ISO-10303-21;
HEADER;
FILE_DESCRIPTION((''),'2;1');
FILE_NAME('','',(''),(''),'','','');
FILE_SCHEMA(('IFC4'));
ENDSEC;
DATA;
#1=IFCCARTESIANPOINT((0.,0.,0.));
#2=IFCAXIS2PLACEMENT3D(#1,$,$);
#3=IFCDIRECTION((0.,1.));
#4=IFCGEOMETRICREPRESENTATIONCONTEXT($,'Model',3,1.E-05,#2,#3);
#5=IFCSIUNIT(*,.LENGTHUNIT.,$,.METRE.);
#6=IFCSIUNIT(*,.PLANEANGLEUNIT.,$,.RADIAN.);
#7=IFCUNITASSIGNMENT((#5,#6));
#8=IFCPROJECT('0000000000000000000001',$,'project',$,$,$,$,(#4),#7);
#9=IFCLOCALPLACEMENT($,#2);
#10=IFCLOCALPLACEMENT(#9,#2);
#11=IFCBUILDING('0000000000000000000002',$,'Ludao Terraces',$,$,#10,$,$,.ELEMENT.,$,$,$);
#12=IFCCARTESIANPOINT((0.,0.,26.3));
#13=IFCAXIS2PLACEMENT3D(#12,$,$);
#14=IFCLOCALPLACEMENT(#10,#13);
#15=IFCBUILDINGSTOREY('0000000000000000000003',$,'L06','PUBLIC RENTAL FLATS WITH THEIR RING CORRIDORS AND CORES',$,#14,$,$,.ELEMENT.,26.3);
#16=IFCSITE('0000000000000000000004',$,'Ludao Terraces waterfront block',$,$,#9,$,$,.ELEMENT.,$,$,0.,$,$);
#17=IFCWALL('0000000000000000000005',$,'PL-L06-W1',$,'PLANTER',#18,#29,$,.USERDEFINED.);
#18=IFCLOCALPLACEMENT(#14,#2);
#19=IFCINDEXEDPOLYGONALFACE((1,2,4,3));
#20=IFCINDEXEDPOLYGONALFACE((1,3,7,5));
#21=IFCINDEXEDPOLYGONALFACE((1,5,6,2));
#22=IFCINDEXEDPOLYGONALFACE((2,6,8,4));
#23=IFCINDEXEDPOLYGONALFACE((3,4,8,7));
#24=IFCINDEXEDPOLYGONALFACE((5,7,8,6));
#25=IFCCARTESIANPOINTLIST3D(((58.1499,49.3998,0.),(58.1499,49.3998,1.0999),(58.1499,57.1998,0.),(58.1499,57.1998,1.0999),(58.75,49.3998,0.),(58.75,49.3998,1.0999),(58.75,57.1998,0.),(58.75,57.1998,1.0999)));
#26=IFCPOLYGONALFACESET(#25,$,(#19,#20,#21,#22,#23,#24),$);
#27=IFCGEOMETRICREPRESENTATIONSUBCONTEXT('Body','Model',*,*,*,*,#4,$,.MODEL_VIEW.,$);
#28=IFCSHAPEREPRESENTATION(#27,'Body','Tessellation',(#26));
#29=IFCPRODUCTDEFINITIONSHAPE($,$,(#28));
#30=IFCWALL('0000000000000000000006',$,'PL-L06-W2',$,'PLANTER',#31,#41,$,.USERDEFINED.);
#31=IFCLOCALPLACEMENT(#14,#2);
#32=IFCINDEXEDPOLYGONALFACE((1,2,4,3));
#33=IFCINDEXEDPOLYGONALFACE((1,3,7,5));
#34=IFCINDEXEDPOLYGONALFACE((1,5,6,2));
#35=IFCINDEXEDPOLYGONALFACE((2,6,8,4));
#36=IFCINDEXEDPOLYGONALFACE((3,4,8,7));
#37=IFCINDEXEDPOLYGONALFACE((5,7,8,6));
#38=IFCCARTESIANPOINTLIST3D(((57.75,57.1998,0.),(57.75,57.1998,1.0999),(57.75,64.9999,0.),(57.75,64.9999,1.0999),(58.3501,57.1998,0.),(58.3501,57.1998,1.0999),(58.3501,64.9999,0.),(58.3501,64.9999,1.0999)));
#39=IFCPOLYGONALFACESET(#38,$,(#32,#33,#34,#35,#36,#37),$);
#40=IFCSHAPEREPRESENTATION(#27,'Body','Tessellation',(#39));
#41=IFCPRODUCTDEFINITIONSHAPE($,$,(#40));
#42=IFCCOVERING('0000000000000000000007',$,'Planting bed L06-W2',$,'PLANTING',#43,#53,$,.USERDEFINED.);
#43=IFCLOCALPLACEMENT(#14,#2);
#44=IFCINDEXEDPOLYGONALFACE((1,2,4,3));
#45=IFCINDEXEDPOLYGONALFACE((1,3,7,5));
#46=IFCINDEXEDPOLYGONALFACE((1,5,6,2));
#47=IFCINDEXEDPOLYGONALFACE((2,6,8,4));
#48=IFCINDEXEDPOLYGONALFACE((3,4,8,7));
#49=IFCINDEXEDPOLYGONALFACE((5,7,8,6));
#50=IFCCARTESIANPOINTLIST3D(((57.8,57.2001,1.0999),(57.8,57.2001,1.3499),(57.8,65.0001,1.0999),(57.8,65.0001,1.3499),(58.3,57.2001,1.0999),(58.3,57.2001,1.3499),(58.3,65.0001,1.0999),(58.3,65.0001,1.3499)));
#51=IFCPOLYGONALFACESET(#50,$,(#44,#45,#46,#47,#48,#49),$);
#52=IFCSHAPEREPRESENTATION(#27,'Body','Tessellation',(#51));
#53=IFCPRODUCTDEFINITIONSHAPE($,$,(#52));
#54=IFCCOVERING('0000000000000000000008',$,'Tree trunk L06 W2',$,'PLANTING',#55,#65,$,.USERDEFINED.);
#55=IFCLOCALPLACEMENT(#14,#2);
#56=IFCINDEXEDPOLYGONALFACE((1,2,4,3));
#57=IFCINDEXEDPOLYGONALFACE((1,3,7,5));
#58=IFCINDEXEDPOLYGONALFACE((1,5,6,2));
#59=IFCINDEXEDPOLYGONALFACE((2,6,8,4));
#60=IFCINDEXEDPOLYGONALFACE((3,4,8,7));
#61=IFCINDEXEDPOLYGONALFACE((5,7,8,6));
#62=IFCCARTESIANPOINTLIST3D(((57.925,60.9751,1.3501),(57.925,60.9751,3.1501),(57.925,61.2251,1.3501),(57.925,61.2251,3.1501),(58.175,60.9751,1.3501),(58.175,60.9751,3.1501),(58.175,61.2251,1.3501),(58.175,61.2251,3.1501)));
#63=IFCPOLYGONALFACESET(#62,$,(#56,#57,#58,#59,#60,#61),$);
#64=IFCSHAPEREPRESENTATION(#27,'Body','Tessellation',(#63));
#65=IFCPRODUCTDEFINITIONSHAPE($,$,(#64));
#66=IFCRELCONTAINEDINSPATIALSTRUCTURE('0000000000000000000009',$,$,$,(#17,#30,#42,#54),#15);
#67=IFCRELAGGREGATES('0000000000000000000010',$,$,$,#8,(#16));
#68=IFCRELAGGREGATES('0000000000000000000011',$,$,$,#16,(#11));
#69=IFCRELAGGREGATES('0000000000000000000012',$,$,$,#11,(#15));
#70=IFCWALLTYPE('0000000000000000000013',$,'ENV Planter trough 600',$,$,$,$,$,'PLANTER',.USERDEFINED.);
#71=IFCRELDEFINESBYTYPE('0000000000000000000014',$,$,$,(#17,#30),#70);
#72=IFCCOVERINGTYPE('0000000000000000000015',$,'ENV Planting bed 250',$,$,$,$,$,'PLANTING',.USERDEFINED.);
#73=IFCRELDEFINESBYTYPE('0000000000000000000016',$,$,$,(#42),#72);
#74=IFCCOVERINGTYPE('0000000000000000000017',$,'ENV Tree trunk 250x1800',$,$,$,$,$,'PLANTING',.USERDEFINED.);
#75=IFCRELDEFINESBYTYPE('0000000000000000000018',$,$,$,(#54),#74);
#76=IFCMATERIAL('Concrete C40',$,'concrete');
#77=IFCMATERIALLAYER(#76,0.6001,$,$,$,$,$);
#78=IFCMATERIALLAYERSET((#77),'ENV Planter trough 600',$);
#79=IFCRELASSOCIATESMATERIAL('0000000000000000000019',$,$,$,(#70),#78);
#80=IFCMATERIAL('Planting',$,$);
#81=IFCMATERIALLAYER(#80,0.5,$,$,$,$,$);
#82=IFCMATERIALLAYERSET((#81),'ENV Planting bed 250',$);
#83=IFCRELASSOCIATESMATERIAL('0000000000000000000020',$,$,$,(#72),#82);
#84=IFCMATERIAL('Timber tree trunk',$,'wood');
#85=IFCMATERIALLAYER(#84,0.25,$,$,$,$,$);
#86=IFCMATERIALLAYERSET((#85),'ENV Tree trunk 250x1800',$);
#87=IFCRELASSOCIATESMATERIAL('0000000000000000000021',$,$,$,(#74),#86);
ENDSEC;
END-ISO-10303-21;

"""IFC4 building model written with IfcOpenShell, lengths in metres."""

from ifc_helpers import new_model, si_unit, direction, frame, frame_2d, origin, origin_2d, place, context, subcontext, project, spatial, rectangle, extrude, material, layer, layer_set, type_object, element, save


model = new_model("IFC4")

# Units and contexts
model_context = context("Model", 3, precision=1e-05, world=origin(), true_north=direction((0.0, 1.0)))
body_context = subcontext(model_context, "Body", "Model", "MODEL_VIEW")
ifc_project = project(units=[si_unit("LENGTHUNIT", "METRE"), si_unit("PLANEANGLEUNIT", "RADIAN")], contexts=[model_context])

# Site, building, storey
site_placement = place(None, origin())
site = spatial("IfcSite", under=ifc_project, at=site_placement, Name="Ludao Terraces waterfront block", CompositionType="ELEMENT", RefElevation=0.0)
building_placement = place(site_placement, origin())
building = spatial("IfcBuilding", under=site, at=building_placement, Name="Ludao Terraces", CompositionType="ELEMENT")
storey_placement = place(building_placement, frame((0.0, 0.0, 26.3)))
storey = spatial("IfcBuildingStorey", under=building, at=storey_placement, Name="L06", Description="PUBLIC RENTAL FLATS WITH THEIR RING CORRIDORS AND CORES", CompositionType="ELEMENT", Elevation=26.3)

# Shared definitions
ifc_material_1 = material(Name="Concrete C40", Category="concrete")

# Walls
ifc_layer_1 = layer(ifc_material_1, 0.6001)
ifc_layer_set_1 = layer_set([ifc_layer_1], Name="ENV Planter trough 600")
wall_type = type_object("IfcWallType", Name="ENV Planter trough 600", ElementType="PLANTER", PredefinedType="USERDEFINED", material=ifc_layer_set_1)
for number, where, z_axis, x_axis, name in (
    (1, (58.45, 49.3999, 0.0), (0.0, 0.0, 1.0), (0.0, 1.0, 0.0), "PL-L06-W1"),
    (2, (58.05, 57.2, 0.0), (0.0, 0.0, 1.0), (0.0, 1.0, 0.0), "PL-L06-W2"),
):
    element("IfcWall", number, at=place(storey_placement, frame(where, z_axis=z_axis, x_axis=x_axis)), inside=storey, type_object=wall_type, Name=name, ObjectType="PLANTER", PredefinedType="USERDEFINED", context=body_context, shape_type="SweptSolid", body=[
        extrude(rectangle(XDim=7.8, YDim=0.6001, at=frame_2d((3.8999, 0.0))), origin(), (0.0, 0.0, 1.0), 1.0999),
    ])

# Coverings
ifc_material_2 = material(Name="Planting")
ifc_layer_2 = layer(ifc_material_2, 0.5)
ifc_layer_set_2 = layer_set([ifc_layer_2], Name="ENV Planting bed 250")
covering_type_1 = type_object("IfcCoveringType", Name="ENV Planting bed 250", ElementType="PLANTING", PredefinedType="USERDEFINED", material=ifc_layer_set_2)
covering_1_placement = place(storey_placement, frame((58.05, 61.1001, 1.0999), z_axis=(0.0, 0.0, 1.0), x_axis=(1.0, 0.0, 0.0)))
element("IfcCovering", 3, at=covering_1_placement, inside=storey, type_object=covering_type_1, Name="Planting bed L06-W2", ObjectType="PLANTING", PredefinedType="USERDEFINED", context=body_context, shape_type="SweptSolid", body=[
    extrude(rectangle(XDim=0.5, YDim=7.8, at=origin_2d()), origin(), (0.0, 0.0, 1.0), 0.25),
])
ifc_material_3 = material(Name="Timber tree trunk", Category="wood")
ifc_layer_3 = layer(ifc_material_3, 0.25)
ifc_layer_set_3 = layer_set([ifc_layer_3], Name="ENV Tree trunk 250x1800")
covering_type_2 = type_object("IfcCoveringType", Name="ENV Tree trunk 250x1800", ElementType="PLANTING", PredefinedType="USERDEFINED", material=ifc_layer_set_3)
covering_2_placement = place(storey_placement, frame((58.05, 61.1001, 1.3501), z_axis=(0.0, 0.0, 1.0), x_axis=(1.0, 0.0, 0.0)))
element("IfcCovering", 4, at=covering_2_placement, inside=storey, type_object=covering_type_2, Name="Tree trunk L06 W2", ObjectType="PLANTING", PredefinedType="USERDEFINED", context=body_context, shape_type="SweptSolid", body=[
    extrude(rectangle(XDim=0.25, YDim=0.25, at=origin_2d()), origin(), (0.0, 0.0, 1.0), 1.8),
])

save(model, "model.ifc")
